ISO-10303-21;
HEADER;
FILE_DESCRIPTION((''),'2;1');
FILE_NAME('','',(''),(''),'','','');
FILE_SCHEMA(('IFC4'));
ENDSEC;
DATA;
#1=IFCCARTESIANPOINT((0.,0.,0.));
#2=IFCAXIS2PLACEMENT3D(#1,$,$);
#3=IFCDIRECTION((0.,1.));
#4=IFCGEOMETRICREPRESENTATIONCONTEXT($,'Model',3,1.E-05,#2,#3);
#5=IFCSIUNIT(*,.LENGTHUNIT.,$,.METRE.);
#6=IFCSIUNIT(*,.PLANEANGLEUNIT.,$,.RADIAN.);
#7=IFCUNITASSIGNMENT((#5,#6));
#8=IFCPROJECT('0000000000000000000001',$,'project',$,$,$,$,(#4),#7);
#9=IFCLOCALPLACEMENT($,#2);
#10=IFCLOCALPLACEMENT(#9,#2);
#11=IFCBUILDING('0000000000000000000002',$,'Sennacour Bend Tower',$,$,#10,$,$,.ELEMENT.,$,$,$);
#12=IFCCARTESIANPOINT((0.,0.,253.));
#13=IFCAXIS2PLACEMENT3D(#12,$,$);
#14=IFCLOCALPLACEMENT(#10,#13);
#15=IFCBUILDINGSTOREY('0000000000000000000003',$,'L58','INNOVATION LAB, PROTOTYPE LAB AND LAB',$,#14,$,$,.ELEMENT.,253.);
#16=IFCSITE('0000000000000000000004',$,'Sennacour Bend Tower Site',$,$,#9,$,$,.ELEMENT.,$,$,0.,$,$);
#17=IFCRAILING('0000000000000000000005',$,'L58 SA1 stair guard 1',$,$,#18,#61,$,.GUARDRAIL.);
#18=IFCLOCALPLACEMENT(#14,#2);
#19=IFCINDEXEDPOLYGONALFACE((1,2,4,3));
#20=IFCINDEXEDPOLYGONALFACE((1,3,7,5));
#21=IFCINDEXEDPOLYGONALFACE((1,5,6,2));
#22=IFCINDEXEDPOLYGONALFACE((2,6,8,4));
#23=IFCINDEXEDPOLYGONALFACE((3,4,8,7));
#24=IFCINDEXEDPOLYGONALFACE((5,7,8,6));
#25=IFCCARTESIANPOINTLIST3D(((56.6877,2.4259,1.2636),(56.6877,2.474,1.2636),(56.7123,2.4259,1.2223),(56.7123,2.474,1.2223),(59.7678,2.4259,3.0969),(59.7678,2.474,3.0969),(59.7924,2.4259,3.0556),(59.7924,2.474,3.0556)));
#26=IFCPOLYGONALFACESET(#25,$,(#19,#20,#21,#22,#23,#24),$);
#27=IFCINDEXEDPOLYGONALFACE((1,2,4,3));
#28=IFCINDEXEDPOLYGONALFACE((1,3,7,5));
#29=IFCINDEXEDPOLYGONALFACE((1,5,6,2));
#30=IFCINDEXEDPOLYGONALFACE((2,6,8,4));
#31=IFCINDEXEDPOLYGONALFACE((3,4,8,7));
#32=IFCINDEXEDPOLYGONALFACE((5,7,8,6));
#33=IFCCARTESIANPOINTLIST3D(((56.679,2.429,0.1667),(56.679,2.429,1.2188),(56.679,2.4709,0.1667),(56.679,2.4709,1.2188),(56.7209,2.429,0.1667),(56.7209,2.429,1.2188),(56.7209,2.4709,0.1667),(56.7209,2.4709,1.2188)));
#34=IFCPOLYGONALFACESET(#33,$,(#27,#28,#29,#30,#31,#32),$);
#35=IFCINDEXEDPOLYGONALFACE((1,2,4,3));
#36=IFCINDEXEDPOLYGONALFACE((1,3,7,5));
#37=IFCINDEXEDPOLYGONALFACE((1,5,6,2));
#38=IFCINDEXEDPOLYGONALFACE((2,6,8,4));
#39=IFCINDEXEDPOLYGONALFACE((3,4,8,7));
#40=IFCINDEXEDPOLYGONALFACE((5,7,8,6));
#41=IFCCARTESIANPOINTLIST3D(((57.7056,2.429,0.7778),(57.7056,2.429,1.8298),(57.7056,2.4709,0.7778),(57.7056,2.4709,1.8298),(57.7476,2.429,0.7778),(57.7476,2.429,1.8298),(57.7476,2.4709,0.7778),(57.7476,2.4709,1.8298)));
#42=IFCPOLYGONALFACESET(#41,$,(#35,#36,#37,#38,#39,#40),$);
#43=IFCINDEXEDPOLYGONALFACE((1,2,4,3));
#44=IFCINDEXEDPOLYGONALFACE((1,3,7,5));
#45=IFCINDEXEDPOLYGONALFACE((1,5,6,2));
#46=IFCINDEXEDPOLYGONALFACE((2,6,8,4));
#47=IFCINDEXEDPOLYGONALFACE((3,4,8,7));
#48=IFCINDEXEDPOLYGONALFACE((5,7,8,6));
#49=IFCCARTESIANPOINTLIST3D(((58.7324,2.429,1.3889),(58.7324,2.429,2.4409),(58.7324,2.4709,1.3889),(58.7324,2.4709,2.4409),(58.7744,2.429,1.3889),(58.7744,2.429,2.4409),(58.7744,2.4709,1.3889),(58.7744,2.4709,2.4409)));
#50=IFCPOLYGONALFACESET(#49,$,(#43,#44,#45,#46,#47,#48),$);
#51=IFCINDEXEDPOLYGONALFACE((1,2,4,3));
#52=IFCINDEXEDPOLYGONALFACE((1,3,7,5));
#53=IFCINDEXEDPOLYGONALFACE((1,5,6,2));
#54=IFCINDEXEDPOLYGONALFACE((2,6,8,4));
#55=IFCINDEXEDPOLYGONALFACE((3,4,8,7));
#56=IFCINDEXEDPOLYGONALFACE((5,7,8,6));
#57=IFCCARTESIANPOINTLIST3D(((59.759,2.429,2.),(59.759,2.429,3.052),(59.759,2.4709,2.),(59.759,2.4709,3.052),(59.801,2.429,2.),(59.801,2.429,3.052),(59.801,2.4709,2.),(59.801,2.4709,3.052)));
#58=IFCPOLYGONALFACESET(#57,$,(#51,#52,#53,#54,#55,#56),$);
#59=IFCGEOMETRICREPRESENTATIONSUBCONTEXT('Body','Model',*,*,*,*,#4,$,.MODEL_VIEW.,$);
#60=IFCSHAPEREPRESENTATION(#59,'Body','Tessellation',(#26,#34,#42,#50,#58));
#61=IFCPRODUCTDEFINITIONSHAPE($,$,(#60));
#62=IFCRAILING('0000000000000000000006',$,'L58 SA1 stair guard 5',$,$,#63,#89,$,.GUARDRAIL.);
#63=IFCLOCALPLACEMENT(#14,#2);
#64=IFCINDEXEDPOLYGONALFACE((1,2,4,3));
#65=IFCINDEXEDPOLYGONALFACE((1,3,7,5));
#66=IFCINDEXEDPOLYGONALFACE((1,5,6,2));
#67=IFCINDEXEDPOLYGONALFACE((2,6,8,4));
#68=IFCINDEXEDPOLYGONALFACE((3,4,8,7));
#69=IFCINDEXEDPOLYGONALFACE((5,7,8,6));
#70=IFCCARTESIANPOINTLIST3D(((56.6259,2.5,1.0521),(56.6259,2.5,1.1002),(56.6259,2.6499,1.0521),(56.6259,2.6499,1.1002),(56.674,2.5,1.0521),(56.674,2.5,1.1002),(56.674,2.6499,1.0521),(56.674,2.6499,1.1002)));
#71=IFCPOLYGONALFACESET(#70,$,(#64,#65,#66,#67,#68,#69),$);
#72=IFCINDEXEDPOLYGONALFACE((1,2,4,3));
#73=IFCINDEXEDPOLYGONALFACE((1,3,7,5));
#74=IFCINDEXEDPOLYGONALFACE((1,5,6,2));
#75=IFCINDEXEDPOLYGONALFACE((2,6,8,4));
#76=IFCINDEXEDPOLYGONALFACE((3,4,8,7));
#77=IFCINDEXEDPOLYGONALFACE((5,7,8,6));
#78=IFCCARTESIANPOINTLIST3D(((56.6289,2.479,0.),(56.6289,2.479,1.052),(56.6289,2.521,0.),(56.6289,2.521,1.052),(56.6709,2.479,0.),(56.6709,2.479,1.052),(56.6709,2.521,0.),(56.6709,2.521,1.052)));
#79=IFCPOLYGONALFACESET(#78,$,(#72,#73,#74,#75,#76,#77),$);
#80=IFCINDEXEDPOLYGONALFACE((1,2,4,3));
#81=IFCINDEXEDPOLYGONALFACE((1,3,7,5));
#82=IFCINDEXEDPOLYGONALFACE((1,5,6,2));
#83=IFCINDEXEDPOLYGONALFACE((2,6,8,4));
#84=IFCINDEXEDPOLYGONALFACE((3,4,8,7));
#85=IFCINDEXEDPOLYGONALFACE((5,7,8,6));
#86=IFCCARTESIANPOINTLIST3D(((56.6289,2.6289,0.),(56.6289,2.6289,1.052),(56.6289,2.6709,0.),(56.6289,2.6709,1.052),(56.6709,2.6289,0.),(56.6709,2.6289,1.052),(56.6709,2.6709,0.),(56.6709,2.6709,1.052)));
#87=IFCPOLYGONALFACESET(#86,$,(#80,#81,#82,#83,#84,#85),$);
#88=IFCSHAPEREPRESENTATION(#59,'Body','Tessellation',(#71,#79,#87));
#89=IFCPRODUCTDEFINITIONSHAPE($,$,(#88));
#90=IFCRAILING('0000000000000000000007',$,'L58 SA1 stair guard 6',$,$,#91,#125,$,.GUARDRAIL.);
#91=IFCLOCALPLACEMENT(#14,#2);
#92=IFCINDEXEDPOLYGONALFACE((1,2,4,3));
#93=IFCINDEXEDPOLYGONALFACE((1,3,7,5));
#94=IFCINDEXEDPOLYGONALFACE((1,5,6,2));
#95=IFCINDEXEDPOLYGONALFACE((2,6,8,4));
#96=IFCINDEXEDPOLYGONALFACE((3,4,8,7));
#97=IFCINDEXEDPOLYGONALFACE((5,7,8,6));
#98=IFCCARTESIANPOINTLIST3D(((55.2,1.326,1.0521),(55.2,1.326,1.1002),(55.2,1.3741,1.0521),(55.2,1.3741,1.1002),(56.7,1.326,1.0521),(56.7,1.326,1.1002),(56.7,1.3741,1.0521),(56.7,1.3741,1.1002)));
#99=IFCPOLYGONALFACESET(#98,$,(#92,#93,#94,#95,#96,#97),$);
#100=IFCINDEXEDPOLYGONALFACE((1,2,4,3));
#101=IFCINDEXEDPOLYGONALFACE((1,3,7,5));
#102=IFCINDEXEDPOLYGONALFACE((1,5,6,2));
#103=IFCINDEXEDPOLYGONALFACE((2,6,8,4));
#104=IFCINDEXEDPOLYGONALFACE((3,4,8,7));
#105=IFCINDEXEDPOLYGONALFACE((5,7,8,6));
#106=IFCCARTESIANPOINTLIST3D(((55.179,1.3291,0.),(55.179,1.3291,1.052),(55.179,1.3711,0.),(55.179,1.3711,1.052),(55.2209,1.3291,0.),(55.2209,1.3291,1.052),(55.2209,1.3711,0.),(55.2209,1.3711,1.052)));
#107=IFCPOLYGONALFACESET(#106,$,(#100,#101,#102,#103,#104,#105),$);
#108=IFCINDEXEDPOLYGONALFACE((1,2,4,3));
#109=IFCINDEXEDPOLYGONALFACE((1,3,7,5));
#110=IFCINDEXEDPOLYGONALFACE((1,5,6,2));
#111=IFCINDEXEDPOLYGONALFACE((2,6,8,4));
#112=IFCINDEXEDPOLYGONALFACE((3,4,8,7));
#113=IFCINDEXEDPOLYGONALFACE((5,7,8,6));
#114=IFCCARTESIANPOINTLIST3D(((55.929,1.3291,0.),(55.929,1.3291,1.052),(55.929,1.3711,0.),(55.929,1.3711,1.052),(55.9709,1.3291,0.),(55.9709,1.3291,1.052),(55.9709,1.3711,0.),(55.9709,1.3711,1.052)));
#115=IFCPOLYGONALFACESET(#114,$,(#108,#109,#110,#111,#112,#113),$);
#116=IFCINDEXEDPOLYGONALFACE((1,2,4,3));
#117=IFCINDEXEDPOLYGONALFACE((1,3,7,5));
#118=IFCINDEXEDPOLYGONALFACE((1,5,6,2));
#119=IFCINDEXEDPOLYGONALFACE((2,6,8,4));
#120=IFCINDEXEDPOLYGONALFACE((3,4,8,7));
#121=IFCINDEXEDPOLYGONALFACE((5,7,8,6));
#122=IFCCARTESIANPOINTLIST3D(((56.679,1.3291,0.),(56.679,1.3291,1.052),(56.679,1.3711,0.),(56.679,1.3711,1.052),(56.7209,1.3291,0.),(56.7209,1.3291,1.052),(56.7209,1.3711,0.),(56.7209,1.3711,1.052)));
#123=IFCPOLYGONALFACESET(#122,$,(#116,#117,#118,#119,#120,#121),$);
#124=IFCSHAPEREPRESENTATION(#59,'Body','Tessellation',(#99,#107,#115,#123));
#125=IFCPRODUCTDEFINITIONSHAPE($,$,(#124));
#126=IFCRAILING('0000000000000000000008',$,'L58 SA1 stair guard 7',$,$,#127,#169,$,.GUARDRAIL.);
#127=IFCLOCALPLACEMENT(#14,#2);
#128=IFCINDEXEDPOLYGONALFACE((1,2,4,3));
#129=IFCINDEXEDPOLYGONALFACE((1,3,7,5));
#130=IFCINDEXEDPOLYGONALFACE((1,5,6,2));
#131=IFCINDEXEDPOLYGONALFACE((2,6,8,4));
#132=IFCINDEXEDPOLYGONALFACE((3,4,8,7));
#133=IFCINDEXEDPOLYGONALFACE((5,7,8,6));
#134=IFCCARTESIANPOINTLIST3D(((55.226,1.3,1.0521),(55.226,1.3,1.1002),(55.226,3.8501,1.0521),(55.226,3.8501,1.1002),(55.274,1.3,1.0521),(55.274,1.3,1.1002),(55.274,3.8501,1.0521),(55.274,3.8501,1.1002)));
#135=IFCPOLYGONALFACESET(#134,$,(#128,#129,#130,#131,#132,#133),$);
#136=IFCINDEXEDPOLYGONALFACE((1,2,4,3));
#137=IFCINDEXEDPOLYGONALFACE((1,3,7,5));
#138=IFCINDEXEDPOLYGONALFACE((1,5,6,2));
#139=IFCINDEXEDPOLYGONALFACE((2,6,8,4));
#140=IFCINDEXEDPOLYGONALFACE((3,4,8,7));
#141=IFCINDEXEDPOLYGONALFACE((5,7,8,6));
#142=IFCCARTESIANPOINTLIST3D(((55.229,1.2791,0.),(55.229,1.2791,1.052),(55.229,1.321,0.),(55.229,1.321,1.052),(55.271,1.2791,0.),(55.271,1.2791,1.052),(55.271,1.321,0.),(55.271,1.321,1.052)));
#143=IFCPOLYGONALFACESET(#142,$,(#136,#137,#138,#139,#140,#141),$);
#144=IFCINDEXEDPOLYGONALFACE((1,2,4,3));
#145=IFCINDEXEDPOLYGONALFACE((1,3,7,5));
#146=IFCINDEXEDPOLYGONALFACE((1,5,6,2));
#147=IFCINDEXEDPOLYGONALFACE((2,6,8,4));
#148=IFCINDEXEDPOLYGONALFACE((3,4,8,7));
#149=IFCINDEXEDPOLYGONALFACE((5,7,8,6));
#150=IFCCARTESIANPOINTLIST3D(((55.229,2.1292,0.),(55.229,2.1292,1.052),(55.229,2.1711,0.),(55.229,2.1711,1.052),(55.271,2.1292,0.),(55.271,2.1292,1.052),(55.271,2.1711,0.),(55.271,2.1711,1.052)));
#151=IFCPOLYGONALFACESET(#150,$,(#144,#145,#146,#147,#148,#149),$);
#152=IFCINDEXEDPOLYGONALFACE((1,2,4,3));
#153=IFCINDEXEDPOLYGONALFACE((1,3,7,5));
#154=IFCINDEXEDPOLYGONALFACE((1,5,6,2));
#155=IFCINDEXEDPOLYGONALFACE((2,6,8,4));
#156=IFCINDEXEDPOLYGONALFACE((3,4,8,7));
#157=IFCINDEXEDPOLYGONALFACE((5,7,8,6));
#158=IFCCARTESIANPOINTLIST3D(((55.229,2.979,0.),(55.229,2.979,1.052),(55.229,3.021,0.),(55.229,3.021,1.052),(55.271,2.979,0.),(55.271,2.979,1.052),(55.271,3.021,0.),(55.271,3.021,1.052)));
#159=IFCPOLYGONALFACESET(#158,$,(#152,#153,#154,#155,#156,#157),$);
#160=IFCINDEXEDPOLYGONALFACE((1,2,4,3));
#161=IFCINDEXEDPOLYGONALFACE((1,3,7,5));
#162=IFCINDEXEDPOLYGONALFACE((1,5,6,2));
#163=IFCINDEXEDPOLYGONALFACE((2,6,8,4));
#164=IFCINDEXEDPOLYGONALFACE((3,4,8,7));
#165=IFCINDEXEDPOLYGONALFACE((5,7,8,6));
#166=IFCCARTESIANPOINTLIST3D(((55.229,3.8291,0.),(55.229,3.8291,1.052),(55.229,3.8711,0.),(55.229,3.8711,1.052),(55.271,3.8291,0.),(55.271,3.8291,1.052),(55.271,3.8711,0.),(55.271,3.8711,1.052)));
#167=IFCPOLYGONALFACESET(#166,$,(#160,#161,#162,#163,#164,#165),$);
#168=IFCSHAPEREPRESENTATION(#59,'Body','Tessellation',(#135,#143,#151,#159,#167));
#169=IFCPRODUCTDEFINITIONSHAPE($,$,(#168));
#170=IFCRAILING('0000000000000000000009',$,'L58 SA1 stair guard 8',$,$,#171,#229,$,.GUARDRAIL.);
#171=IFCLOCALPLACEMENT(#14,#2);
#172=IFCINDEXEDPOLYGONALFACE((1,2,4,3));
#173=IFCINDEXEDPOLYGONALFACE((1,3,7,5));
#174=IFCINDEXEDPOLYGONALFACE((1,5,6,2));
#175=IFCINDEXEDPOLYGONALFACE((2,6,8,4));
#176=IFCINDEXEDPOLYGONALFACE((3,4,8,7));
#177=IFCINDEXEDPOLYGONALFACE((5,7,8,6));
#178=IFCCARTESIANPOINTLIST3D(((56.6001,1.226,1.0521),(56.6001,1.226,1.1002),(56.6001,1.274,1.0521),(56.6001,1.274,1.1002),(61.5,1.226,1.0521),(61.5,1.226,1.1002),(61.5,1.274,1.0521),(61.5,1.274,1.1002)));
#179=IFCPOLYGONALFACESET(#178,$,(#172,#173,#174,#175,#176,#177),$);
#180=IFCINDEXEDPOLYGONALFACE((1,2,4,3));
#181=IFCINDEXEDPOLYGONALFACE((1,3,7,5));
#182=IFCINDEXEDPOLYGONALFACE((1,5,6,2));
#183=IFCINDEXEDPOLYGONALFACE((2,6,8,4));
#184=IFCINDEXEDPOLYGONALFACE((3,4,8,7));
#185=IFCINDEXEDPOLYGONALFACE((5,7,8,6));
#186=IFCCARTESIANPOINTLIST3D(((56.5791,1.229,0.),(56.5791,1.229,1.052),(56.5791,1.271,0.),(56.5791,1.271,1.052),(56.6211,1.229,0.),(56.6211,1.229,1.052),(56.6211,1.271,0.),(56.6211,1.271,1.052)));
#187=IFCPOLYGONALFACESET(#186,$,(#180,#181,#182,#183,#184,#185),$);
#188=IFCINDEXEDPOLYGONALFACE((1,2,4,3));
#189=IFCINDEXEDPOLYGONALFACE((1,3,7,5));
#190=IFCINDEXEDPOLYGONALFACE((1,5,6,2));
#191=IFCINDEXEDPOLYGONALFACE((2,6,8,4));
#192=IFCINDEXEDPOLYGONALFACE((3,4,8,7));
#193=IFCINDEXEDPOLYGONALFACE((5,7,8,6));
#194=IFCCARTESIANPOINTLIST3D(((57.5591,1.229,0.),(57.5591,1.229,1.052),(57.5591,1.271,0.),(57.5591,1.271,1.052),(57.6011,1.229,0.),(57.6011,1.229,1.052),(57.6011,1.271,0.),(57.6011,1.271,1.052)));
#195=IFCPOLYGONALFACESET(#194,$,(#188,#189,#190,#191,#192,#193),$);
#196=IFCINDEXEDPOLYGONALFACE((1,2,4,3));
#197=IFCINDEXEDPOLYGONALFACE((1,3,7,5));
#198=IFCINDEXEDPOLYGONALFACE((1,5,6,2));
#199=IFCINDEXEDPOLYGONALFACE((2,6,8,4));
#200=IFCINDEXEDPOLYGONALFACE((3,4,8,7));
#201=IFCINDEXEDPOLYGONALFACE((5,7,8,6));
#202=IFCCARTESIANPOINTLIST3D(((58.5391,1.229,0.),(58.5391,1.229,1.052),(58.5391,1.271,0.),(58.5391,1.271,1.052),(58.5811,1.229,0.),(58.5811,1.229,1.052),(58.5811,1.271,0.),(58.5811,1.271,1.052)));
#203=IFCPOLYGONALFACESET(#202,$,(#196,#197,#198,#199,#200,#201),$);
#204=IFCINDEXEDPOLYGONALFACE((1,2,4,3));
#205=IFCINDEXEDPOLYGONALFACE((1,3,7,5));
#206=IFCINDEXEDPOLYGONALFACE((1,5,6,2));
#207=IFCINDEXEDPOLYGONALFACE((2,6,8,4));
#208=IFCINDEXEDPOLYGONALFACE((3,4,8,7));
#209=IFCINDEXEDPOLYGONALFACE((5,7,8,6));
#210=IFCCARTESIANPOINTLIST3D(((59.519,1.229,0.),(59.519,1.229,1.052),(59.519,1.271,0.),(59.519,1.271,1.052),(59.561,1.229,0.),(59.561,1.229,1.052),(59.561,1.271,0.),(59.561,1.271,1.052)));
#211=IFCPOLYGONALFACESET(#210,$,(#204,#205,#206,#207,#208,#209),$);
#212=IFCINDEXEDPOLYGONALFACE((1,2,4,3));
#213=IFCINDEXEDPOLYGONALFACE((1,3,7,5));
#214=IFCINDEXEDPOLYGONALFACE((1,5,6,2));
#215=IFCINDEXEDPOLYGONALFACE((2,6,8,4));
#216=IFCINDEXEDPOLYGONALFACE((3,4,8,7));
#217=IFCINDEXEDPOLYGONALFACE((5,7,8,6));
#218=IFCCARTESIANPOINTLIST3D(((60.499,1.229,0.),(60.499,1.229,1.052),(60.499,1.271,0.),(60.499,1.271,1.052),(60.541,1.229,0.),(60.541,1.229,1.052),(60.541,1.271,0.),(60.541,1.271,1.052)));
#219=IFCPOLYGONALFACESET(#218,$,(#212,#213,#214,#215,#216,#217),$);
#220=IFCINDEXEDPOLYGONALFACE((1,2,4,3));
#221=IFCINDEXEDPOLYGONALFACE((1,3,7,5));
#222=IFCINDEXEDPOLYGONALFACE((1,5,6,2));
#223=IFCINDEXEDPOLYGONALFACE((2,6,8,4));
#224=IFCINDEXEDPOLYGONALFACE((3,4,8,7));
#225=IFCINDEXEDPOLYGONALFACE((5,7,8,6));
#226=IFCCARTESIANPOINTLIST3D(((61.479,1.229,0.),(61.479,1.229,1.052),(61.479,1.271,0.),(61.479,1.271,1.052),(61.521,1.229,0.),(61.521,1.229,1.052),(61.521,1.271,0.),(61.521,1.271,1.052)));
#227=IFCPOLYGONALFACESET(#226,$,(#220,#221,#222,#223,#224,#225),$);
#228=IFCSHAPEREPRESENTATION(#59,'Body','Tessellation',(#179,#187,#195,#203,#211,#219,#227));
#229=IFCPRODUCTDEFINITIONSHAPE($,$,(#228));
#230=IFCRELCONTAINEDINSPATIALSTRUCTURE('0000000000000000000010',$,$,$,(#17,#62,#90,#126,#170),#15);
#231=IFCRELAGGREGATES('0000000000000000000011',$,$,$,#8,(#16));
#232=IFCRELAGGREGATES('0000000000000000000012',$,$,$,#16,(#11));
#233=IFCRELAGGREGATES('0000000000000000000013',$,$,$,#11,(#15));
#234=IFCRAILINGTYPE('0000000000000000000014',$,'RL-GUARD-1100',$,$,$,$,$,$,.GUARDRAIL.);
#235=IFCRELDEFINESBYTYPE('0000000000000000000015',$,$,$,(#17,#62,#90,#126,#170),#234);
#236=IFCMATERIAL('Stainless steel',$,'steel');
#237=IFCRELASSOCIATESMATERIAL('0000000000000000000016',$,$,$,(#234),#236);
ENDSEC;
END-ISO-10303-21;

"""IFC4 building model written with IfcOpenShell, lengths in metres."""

from ifc_helpers import new_model, si_unit, direction, frame, origin, origin_2d, place, context, subcontext, project, spatial, rectangle, extrude, material, type_object, element, save


model = new_model("IFC4")

# Units and contexts
model_context = context("Model", 3, precision=1e-05, world=origin(), true_north=direction((0.0, 1.0)))
body_context = subcontext(model_context, "Body", "Model", "MODEL_VIEW")
ifc_project = project(units=[si_unit("LENGTHUNIT", "METRE"), si_unit("PLANEANGLEUNIT", "RADIAN")], contexts=[model_context])

# Site, building, storey
site_placement = place(None, origin())
site = spatial("IfcSite", under=ifc_project, at=site_placement, Name="Sennacour Bend Tower Site", CompositionType="ELEMENT", RefElevation=0.0)
building_placement = place(site_placement, origin())
building = spatial("IfcBuilding", under=site, at=building_placement, Name="Sennacour Bend Tower", CompositionType="ELEMENT")
storey_placement = place(building_placement, frame((0.0, 0.0, 253.0)))
storey = spatial("IfcBuildingStorey", under=building, at=storey_placement, Name="L58", Description="INNOVATION LAB, PROTOTYPE LAB AND LAB", CompositionType="ELEMENT", Elevation=253.0)

# Shared definitions
ifc_material_1 = material(Name="Stainless steel", Category="steel")

# Railings
railing_type_1 = type_object("IfcRailingType", Name="RL-GUARD-1100", PredefinedType="GUARDRAIL", material=ifc_material_1)
railing_1_placement = place(storey_placement, frame((56.7, 2.45, 0.1667)))
element("IfcRailing", 1, at=railing_1_placement, inside=storey, type_object=railing_type_1, Name="L58 SA1 stair guard 1", PredefinedType="GUARDRAIL", context=body_context, shape_type="SweptSolid", body=[
    extrude(rectangle(XDim=0.0481, YDim=0.0481, at=origin_2d()), frame((0.0, 0.0, 1.0762), z_axis=(0.859309, 0.0, 0.511458), x_axis=(0.0, 1.0, 0.0)), (0.0, 0.0, 1.0), 3.5845),
    extrude(rectangle(XDim=0.042, YDim=0.042, at=origin_2d()), origin(), (0.0, 0.0, 1.0), 1.052),
    extrude(rectangle(XDim=0.042, YDim=0.042, at=origin_2d()), frame((1.0266, 0.0, 0.6111)), (0.0, 0.0, 1.0), 1.052),
    extrude(rectangle(XDim=0.042, YDim=0.042, at=origin_2d()), frame((2.0535, 0.0, 1.2222)), (0.0, 0.0, 1.0), 1.052),
    extrude(rectangle(XDim=0.042, YDim=0.042, at=origin_2d()), frame((3.0801, 0.0, 1.8333)), (0.0, 0.0, 1.0), 1.052),
])
railing_2_placement = place(storey_placement, frame((56.6499, 2.5, 0.0)))
element("IfcRailing", 2, at=railing_2_placement, inside=storey, type_object=railing_type_1, Name="L58 SA1 stair guard 5", PredefinedType="GUARDRAIL", context=body_context, shape_type="SweptSolid", body=[
    extrude(rectangle(XDim=0.0481, YDim=0.0481, at=origin_2d()), frame((0.0, 0.0, 1.0762), z_axis=(0.0, 1.0, 0.0), x_axis=(-1.0, 0.0, 0.0)), (0.0, 0.0, 1.0), 0.1499),
    extrude(rectangle(XDim=0.042, YDim=0.042, at=origin_2d()), origin(), (0.0, 0.0, 1.0), 1.052),
    extrude(rectangle(XDim=0.042, YDim=0.042, at=origin_2d()), frame((0.0, 0.1499, 0.0)), (0.0, 0.0, 1.0), 1.052),
])
railing_3_placement = place(storey_placement, frame((55.2, 1.3501, 0.0)))
element("IfcRailing", 3, at=railing_3_placement, inside=storey, type_object=railing_type_1, Name="L58 SA1 stair guard 6", PredefinedType="GUARDRAIL", context=body_context, shape_type="SweptSolid", body=[
    extrude(rectangle(XDim=0.0481, YDim=0.0481, at=origin_2d()), frame((0.0, 0.0, 1.0762), z_axis=(1.0, 0.0, 0.0), x_axis=(0.0, 1.0, 0.0)), (0.0, 0.0, 1.0), 1.5),
    extrude(rectangle(XDim=0.042, YDim=0.042, at=origin_2d()), origin(), (0.0, 0.0, 1.0), 1.052),
    extrude(rectangle(XDim=0.042, YDim=0.042, at=origin_2d()), frame((0.75, 0.0, 0.0)), (0.0, 0.0, 1.0), 1.052),
    extrude(rectangle(XDim=0.042, YDim=0.042, at=origin_2d()), frame((1.5, 0.0, 0.0)), (0.0, 0.0, 1.0), 1.052),
])
railing_4_placement = place(storey_placement, frame((55.25, 1.3, 0.0)))
element("IfcRailing", 4, at=railing_4_placement, inside=storey, type_object=railing_type_1, Name="L58 SA1 stair guard 7", PredefinedType="GUARDRAIL", context=body_context, shape_type="SweptSolid", body=[
    extrude(rectangle(XDim=0.0481, YDim=0.0481, at=origin_2d()), frame((0.0, 0.0, 1.0762), z_axis=(0.0, 1.0, 0.0), x_axis=(-1.0, 0.0, 0.0)), (0.0, 0.0, 1.0), 2.55),
    extrude(rectangle(XDim=0.042, YDim=0.042, at=origin_2d()), origin(), (0.0, 0.0, 1.0), 1.052),
    extrude(rectangle(XDim=0.042, YDim=0.042, at=origin_2d()), frame((0.0, 0.8501, 0.0)), (0.0, 0.0, 1.0), 1.052),
    extrude(rectangle(XDim=0.042, YDim=0.042, at=origin_2d()), frame((0.0, 1.7, 0.0)), (0.0, 0.0, 1.0), 1.052),
    extrude(rectangle(XDim=0.042, YDim=0.042, at=origin_2d()), frame((0.0, 2.55, 0.0)), (0.0, 0.0, 1.0), 1.052),
])
railing_5_placement = place(storey_placement, frame((56.6001, 1.25, 0.0)))
element("IfcRailing", 5, at=railing_5_placement, inside=storey, type_object=railing_type_1, Name="L58 SA1 stair guard 8", PredefinedType="GUARDRAIL", context=body_context, shape_type="SweptSolid", body=[
    extrude(rectangle(XDim=0.0481, YDim=0.0481, at=origin_2d()), frame((0.0, 0.0, 1.0762), z_axis=(1.0, 0.0, 0.0), x_axis=(0.0, 1.0, 0.0)), (0.0, 0.0, 1.0), 4.8999),
    extrude(rectangle(XDim=0.042, YDim=0.042, at=origin_2d()), origin(), (0.0, 0.0, 1.0), 1.052),
    extrude(rectangle(XDim=0.042, YDim=0.042, at=origin_2d()), frame((0.98, 0.0, 0.0)), (0.0, 0.0, 1.0), 1.052),
    extrude(rectangle(XDim=0.042, YDim=0.042, at=origin_2d()), frame((1.96, 0.0, 0.0)), (0.0, 0.0, 1.0), 1.052),
    extrude(rectangle(XDim=0.042, YDim=0.042, at=origin_2d()), frame((2.9399, 0.0, 0.0)), (0.0, 0.0, 1.0), 1.052),
    extrude(rectangle(XDim=0.042, YDim=0.042, at=origin_2d()), frame((3.9199, 0.0, 0.0)), (0.0, 0.0, 1.0), 1.052),
    extrude(rectangle(XDim=0.042, YDim=0.042, at=origin_2d()), frame((4.8999, 0.0, 0.0)), (0.0, 0.0, 1.0), 1.052),
])

save(model, "model.ifc")
